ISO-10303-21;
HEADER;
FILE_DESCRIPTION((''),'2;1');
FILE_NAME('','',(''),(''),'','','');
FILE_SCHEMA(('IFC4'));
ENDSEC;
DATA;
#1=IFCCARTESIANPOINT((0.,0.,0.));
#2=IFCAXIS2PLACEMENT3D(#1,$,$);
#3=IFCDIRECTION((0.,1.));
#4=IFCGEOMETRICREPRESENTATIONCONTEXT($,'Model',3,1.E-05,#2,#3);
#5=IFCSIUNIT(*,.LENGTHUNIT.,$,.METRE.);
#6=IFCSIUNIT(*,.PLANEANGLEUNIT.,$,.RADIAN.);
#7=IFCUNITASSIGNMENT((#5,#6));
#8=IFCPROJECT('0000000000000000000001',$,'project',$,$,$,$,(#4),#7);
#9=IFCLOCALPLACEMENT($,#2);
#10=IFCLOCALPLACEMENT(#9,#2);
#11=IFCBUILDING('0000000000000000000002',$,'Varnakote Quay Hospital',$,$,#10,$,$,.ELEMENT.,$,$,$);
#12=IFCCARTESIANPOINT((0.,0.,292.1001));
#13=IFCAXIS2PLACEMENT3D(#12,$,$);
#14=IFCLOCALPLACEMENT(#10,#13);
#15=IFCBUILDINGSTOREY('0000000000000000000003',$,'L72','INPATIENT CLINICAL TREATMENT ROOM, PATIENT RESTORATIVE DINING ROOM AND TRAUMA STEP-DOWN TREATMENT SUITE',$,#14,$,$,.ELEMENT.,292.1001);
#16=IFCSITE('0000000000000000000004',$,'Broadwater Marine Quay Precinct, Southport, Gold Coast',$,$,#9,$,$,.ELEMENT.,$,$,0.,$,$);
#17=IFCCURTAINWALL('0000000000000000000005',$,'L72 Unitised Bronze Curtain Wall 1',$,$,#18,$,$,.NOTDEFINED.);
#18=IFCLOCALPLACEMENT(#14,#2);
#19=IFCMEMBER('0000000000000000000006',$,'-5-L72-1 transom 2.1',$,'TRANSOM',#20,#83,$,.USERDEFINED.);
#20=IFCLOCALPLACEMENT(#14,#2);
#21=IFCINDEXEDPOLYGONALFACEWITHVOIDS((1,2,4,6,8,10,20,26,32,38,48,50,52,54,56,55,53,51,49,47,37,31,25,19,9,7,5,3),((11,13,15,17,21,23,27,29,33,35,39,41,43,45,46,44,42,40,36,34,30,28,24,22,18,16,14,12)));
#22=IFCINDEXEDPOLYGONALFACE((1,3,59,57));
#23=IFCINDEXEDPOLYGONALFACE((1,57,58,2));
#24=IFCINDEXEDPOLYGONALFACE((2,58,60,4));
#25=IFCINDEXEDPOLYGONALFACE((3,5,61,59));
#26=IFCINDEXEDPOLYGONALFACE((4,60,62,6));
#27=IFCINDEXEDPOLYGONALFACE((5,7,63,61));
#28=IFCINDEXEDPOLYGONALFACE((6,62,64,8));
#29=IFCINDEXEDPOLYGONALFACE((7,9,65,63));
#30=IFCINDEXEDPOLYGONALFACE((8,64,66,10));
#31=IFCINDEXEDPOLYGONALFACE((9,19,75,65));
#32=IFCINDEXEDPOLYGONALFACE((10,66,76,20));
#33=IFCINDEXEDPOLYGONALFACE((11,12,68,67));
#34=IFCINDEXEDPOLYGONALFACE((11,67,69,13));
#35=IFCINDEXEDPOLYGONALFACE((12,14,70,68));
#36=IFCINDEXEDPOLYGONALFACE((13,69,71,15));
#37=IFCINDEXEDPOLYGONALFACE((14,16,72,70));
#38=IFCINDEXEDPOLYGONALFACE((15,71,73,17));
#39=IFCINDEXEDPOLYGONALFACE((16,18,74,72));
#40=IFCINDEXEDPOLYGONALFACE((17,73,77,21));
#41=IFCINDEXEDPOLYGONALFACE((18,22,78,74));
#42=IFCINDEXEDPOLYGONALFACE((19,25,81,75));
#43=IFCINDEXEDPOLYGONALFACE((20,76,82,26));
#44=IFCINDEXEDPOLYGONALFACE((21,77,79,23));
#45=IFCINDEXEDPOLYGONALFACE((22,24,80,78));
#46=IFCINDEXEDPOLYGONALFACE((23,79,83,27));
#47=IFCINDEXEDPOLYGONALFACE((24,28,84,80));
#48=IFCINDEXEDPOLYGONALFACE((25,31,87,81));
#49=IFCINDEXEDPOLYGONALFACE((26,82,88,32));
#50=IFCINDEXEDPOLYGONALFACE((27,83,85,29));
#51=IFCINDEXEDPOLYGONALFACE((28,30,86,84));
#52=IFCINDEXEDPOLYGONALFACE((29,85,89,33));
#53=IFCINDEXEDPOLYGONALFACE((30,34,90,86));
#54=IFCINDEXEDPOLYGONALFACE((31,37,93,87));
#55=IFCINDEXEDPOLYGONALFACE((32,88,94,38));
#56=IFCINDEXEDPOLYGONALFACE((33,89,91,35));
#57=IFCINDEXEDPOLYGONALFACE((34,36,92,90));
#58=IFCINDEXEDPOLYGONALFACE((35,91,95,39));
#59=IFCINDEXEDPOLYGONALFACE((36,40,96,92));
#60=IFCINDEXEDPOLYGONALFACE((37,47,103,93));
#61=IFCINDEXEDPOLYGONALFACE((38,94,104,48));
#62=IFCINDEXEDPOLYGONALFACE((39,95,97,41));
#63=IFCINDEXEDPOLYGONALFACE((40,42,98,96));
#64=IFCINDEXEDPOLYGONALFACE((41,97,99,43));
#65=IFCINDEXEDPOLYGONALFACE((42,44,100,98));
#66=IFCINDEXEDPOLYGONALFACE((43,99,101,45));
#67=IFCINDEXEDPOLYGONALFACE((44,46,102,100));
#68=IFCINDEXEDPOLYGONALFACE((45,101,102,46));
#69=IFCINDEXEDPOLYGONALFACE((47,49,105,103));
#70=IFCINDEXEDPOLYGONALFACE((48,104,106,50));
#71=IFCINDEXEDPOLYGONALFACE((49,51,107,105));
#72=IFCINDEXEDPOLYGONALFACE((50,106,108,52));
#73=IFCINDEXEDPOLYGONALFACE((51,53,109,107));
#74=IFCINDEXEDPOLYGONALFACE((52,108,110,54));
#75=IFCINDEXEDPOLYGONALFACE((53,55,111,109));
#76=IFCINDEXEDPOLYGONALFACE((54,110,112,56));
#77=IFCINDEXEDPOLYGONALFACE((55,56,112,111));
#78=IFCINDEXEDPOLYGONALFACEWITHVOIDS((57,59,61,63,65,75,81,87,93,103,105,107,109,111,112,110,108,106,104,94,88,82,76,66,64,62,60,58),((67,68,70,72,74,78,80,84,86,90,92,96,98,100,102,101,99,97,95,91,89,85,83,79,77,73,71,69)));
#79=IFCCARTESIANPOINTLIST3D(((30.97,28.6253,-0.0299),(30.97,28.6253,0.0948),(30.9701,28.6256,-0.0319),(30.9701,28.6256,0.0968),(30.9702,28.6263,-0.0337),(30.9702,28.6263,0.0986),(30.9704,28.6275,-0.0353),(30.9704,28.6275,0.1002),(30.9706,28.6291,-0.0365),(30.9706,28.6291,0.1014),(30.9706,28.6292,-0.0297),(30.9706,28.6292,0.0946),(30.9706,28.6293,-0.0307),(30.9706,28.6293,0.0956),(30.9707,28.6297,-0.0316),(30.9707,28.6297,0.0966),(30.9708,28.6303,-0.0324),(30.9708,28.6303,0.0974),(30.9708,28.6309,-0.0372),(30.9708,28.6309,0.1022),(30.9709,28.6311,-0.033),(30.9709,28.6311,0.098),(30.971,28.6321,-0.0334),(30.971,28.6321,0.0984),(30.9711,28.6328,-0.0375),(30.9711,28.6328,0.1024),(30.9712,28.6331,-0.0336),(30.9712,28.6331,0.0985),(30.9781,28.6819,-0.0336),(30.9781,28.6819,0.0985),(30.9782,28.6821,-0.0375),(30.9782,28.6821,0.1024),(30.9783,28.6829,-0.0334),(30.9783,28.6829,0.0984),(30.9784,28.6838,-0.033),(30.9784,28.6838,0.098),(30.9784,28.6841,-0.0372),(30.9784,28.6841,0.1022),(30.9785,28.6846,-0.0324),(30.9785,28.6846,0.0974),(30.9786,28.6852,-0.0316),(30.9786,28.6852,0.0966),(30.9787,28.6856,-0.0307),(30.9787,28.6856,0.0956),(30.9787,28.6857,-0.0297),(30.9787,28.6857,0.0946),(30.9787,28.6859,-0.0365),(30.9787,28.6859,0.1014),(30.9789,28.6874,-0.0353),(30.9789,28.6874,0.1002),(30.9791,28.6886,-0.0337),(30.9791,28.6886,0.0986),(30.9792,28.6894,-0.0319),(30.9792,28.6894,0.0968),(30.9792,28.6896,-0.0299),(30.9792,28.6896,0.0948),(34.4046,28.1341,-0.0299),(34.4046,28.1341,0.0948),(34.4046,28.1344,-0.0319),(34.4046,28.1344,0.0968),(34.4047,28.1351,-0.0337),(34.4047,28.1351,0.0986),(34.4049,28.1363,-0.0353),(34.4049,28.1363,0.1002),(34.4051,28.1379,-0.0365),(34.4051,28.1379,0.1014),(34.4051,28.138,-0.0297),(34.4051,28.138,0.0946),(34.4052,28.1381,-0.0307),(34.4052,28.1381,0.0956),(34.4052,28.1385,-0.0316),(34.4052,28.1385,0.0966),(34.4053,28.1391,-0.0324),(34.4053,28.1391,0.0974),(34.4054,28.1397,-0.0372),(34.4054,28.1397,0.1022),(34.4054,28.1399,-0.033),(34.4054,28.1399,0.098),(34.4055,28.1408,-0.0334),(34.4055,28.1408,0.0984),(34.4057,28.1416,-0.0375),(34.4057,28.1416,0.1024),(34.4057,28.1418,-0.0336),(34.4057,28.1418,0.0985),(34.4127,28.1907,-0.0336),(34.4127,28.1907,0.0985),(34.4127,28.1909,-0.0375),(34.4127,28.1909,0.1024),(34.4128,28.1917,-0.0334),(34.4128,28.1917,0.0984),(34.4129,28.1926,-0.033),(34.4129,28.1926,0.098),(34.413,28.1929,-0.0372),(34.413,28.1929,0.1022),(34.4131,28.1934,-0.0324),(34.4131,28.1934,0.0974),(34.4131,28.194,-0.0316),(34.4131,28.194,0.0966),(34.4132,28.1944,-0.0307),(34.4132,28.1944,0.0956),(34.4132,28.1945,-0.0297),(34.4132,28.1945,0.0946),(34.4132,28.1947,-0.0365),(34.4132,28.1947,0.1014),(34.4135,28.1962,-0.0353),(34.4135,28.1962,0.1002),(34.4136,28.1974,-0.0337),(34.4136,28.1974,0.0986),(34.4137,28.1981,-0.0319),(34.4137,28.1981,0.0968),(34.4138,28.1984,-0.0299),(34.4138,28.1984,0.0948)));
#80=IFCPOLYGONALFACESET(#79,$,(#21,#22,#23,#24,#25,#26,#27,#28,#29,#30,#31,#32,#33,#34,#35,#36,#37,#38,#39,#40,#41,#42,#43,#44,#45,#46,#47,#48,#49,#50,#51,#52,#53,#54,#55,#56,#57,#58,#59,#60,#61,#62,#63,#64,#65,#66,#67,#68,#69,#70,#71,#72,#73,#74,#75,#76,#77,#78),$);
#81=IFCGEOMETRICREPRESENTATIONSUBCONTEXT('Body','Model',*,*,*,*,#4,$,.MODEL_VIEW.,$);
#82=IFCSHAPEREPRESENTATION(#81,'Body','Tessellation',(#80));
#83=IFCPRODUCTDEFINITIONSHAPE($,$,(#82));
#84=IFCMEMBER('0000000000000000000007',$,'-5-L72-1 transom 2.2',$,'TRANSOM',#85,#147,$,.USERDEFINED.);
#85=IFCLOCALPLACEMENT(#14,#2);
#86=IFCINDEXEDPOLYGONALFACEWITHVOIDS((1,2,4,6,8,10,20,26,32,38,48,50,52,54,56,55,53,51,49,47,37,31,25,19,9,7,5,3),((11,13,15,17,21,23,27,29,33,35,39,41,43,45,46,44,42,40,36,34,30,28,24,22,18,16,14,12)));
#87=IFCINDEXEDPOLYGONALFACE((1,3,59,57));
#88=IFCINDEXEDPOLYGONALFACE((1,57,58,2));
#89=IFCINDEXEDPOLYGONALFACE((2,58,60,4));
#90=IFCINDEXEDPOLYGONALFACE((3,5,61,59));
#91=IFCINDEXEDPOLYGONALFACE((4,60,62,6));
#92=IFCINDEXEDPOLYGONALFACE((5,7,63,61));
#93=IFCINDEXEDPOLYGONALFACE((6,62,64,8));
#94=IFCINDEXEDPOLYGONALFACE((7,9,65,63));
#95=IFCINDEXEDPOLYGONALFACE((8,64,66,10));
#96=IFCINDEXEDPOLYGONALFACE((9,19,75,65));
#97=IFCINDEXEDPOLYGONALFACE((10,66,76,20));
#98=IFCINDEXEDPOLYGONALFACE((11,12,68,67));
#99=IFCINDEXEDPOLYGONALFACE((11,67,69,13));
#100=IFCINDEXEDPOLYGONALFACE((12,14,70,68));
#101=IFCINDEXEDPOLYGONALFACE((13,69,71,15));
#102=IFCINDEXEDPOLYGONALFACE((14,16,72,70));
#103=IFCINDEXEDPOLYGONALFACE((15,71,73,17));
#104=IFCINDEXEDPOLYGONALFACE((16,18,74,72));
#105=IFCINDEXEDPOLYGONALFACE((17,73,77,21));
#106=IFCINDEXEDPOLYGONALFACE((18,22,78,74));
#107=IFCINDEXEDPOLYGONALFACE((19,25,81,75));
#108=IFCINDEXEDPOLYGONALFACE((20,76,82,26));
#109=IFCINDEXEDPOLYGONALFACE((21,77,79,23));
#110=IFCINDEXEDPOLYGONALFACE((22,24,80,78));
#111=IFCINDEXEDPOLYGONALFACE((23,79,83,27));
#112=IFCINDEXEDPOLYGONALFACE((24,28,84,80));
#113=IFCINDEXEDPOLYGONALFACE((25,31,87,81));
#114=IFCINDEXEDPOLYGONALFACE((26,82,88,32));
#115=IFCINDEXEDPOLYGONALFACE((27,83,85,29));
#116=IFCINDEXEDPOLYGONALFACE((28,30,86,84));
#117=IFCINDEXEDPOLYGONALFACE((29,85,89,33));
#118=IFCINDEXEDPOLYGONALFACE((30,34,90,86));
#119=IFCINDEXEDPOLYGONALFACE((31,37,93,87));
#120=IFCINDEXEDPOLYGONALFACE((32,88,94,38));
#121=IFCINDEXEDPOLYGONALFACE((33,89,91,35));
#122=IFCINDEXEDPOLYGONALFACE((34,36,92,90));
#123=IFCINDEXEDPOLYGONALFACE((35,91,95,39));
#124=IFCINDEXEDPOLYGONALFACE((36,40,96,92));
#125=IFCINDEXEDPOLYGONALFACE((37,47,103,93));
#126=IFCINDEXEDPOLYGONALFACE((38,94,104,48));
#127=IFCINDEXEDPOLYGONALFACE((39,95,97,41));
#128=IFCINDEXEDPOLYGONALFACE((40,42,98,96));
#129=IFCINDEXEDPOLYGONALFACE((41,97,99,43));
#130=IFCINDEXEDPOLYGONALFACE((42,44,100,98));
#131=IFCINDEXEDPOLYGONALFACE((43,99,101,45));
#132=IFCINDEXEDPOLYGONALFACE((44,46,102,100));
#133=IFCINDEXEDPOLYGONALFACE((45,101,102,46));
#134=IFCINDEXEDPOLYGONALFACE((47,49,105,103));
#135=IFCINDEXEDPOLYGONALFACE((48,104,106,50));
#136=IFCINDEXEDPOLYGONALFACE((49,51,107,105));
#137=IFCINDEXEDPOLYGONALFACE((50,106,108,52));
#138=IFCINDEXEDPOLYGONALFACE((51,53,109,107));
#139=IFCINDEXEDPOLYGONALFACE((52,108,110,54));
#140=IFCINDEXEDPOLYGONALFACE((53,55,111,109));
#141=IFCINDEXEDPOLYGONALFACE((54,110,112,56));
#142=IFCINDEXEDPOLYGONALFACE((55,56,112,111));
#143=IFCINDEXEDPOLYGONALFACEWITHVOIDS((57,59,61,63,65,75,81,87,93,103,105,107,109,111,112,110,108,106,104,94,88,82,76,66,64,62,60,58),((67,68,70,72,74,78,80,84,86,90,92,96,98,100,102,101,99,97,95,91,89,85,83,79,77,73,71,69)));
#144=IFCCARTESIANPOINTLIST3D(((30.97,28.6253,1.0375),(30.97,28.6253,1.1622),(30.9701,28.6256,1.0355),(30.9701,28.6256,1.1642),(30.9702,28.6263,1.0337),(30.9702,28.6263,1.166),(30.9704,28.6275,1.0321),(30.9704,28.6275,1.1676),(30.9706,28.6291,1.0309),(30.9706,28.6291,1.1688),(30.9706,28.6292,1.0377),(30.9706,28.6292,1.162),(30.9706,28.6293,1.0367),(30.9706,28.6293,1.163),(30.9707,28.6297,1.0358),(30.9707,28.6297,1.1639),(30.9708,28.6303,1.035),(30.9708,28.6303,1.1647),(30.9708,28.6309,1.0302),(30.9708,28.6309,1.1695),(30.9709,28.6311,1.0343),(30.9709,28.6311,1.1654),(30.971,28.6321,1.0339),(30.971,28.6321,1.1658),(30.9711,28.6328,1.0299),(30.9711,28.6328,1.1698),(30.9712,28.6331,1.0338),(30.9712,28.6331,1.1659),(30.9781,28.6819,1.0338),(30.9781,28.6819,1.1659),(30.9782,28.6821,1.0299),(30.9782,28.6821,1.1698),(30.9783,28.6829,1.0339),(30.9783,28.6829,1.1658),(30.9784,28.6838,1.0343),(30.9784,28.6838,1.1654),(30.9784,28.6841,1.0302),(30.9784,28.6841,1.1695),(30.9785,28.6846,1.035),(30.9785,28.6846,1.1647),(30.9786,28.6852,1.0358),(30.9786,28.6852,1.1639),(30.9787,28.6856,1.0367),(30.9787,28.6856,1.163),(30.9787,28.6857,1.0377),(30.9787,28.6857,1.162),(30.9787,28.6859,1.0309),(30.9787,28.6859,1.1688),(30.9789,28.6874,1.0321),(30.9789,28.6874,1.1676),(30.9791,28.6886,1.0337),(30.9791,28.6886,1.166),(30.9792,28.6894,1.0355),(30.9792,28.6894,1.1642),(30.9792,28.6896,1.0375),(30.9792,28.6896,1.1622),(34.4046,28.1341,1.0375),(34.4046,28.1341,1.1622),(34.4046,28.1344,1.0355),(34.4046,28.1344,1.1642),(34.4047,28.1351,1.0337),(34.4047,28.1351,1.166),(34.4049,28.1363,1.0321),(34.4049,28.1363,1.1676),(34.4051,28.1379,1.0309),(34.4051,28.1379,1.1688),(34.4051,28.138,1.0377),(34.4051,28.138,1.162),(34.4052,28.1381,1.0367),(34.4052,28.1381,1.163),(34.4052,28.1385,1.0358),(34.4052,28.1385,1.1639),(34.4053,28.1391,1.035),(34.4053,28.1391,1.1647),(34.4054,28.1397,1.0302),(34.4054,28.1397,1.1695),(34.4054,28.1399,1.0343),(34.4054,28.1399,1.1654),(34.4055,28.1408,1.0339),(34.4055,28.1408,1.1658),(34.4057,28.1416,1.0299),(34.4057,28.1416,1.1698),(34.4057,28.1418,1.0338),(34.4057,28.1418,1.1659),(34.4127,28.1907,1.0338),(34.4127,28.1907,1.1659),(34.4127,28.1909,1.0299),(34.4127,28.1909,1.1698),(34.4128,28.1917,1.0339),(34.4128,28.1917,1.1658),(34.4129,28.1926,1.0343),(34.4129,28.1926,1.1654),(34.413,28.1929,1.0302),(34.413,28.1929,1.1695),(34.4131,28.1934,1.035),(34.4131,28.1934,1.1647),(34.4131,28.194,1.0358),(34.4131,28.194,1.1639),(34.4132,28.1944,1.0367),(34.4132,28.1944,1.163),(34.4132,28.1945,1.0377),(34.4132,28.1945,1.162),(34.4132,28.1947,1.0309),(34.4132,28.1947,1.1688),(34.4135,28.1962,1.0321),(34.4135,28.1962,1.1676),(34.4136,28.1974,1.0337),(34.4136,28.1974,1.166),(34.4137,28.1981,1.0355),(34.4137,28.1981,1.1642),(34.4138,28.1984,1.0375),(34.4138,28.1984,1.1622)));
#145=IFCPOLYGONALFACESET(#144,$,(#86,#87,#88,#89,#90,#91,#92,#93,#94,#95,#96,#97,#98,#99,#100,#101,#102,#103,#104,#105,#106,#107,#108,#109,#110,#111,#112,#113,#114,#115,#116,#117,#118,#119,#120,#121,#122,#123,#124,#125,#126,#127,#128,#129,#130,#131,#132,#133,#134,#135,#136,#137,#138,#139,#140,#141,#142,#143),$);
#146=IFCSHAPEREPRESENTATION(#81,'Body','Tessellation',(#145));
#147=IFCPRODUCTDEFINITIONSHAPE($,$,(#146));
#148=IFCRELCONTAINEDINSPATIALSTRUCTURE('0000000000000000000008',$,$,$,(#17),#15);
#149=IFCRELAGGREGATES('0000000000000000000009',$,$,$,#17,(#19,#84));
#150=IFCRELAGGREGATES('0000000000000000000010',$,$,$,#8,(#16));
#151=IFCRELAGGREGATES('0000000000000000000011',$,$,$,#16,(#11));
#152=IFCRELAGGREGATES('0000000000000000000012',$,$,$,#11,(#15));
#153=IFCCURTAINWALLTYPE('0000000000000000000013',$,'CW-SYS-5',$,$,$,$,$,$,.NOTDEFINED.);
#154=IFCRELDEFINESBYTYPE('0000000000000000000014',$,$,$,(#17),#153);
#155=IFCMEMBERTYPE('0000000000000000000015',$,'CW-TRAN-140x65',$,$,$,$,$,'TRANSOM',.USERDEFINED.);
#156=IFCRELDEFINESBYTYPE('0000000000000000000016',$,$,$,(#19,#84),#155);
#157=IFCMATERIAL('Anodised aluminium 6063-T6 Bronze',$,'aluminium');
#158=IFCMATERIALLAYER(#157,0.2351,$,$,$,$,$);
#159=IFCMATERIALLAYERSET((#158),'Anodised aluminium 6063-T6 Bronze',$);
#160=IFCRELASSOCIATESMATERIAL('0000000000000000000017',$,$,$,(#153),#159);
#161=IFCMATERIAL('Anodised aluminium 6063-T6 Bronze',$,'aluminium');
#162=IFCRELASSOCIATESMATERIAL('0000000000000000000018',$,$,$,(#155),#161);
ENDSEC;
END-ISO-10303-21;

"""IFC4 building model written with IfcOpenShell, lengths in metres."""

from ifc_helpers import new_model, si_unit, direction, frame, origin, origin_2d, place, context, subcontext, project, spatial, hollow_rectangle, extrude, material, layer, layer_set, material_profile, profile_set, type_object, element, aggregate, save


model = new_model("IFC4")

# Units and contexts
model_context = context("Model", 3, precision=1e-05, world=origin(), true_north=direction((0.0, 1.0)))
body_context = subcontext(model_context, "Body", "Model", "MODEL_VIEW")
ifc_project = project(units=[si_unit("LENGTHUNIT", "METRE"), si_unit("PLANEANGLEUNIT", "RADIAN")], contexts=[model_context])

# Site, building, storey
site_placement = place(None, origin())
site = spatial("IfcSite", under=ifc_project, at=site_placement, Name="Broadwater Marine Quay Precinct, Southport, Gold Coast", CompositionType="ELEMENT", RefElevation=0.0)
building_placement = place(site_placement, origin())
building = spatial("IfcBuilding", under=site, at=building_placement, Name="Varnakote Quay Hospital", CompositionType="ELEMENT")
storey_placement = place(building_placement, frame((0.0, 0.0, 292.1001)))
storey = spatial("IfcBuildingStorey", under=building, at=storey_placement, Name="L72", Description="INPATIENT CLINICAL TREATMENT ROOM, PATIENT RESTORATIVE DINING ROOM AND TRAUMA STEP-DOWN TREATMENT SUITE", CompositionType="ELEMENT", Elevation=292.1001)

# Curtain wall, members
ifc_material_1 = material(Name="Anodised aluminium 6063-T6 Bronze", Category="aluminium")
ifc_layer_1 = layer(ifc_material_1, 0.2351)
ifc_layer_set_1 = layer_set([ifc_layer_1], Name="Anodised aluminium 6063-T6 Bronze")
curtain_wall_type = type_object("IfcCurtainWallType", Name="CW-SYS-5", PredefinedType="NOTDEFINED", material=ifc_layer_set_1)
curtain_wall_placement = place(storey_placement, origin())
curtain_wall = element("IfcCurtainWall", 1, at=curtain_wall_placement, inside=storey, type_object=curtain_wall_type, Name="L72 Unitised Bronze Curtain Wall 1", PredefinedType="NOTDEFINED")
ifc_material_2 = material(Name="Anodised aluminium 6063-T6 Bronze", Category="aluminium")
ifc_material_profile_1 = material_profile(ifc_material_2, hollow_rectangle(XDim=0.0649, YDim=0.1399, WallThickness=0.0039, InnerFilletRadius=0.0039, OuterFilletRadius=0.0076, at=origin_2d()), Name="CW-TRAN-140x65")
ifc_profile_set_1 = profile_set([ifc_material_profile_1], Name="Anodised aluminium 6063-T6 Bronze")
member_type_1 = type_object("IfcMemberType", Name="CW-TRAN-140x65", ElementType="TRANSOM", PredefinedType="USERDEFINED", material=ifc_profile_set_1)
member_1_placement = place(storey_placement, frame((34.4092, 28.1663, 0.0325), z_axis=(-0.989927, 0.141579, 0.0), x_axis=(-0.141579, -0.989927, 0.0)))
member_1 = element("IfcMember", 2, at=member_1_placement, type_object=member_type_1, Name="-5-L72-1 transom 2.1", ObjectType="TRANSOM", PredefinedType="USERDEFINED", context=body_context, shape_type="SweptSolid", body=[
    extrude(hollow_rectangle(XDim=0.0649, YDim=0.1399, WallThickness=0.0039, InnerFilletRadius=0.0039, OuterFilletRadius=0.0076, at=origin_2d()), origin(), (0.0, 0.0, 1.0), 3.4695),
])
member_2_placement = place(storey_placement, frame((34.4092, 28.1663, 1.0999), z_axis=(-0.989927, 0.141579, 0.0), x_axis=(-0.141579, -0.989927, 0.0)))
member_2 = element("IfcMember", 3, at=member_2_placement, type_object=member_type_1, Name="-5-L72-1 transom 2.2", ObjectType="TRANSOM", PredefinedType="USERDEFINED", context=body_context, shape_type="SweptSolid", body=[
    extrude(hollow_rectangle(XDim=0.0649, YDim=0.1399, WallThickness=0.0039, InnerFilletRadius=0.0039, OuterFilletRadius=0.0076, at=origin_2d()), origin(), (0.0, 0.0, 1.0), 3.4695),
])
aggregate(curtain_wall, [member_1, member_2])

save(model, "model.ifc")
